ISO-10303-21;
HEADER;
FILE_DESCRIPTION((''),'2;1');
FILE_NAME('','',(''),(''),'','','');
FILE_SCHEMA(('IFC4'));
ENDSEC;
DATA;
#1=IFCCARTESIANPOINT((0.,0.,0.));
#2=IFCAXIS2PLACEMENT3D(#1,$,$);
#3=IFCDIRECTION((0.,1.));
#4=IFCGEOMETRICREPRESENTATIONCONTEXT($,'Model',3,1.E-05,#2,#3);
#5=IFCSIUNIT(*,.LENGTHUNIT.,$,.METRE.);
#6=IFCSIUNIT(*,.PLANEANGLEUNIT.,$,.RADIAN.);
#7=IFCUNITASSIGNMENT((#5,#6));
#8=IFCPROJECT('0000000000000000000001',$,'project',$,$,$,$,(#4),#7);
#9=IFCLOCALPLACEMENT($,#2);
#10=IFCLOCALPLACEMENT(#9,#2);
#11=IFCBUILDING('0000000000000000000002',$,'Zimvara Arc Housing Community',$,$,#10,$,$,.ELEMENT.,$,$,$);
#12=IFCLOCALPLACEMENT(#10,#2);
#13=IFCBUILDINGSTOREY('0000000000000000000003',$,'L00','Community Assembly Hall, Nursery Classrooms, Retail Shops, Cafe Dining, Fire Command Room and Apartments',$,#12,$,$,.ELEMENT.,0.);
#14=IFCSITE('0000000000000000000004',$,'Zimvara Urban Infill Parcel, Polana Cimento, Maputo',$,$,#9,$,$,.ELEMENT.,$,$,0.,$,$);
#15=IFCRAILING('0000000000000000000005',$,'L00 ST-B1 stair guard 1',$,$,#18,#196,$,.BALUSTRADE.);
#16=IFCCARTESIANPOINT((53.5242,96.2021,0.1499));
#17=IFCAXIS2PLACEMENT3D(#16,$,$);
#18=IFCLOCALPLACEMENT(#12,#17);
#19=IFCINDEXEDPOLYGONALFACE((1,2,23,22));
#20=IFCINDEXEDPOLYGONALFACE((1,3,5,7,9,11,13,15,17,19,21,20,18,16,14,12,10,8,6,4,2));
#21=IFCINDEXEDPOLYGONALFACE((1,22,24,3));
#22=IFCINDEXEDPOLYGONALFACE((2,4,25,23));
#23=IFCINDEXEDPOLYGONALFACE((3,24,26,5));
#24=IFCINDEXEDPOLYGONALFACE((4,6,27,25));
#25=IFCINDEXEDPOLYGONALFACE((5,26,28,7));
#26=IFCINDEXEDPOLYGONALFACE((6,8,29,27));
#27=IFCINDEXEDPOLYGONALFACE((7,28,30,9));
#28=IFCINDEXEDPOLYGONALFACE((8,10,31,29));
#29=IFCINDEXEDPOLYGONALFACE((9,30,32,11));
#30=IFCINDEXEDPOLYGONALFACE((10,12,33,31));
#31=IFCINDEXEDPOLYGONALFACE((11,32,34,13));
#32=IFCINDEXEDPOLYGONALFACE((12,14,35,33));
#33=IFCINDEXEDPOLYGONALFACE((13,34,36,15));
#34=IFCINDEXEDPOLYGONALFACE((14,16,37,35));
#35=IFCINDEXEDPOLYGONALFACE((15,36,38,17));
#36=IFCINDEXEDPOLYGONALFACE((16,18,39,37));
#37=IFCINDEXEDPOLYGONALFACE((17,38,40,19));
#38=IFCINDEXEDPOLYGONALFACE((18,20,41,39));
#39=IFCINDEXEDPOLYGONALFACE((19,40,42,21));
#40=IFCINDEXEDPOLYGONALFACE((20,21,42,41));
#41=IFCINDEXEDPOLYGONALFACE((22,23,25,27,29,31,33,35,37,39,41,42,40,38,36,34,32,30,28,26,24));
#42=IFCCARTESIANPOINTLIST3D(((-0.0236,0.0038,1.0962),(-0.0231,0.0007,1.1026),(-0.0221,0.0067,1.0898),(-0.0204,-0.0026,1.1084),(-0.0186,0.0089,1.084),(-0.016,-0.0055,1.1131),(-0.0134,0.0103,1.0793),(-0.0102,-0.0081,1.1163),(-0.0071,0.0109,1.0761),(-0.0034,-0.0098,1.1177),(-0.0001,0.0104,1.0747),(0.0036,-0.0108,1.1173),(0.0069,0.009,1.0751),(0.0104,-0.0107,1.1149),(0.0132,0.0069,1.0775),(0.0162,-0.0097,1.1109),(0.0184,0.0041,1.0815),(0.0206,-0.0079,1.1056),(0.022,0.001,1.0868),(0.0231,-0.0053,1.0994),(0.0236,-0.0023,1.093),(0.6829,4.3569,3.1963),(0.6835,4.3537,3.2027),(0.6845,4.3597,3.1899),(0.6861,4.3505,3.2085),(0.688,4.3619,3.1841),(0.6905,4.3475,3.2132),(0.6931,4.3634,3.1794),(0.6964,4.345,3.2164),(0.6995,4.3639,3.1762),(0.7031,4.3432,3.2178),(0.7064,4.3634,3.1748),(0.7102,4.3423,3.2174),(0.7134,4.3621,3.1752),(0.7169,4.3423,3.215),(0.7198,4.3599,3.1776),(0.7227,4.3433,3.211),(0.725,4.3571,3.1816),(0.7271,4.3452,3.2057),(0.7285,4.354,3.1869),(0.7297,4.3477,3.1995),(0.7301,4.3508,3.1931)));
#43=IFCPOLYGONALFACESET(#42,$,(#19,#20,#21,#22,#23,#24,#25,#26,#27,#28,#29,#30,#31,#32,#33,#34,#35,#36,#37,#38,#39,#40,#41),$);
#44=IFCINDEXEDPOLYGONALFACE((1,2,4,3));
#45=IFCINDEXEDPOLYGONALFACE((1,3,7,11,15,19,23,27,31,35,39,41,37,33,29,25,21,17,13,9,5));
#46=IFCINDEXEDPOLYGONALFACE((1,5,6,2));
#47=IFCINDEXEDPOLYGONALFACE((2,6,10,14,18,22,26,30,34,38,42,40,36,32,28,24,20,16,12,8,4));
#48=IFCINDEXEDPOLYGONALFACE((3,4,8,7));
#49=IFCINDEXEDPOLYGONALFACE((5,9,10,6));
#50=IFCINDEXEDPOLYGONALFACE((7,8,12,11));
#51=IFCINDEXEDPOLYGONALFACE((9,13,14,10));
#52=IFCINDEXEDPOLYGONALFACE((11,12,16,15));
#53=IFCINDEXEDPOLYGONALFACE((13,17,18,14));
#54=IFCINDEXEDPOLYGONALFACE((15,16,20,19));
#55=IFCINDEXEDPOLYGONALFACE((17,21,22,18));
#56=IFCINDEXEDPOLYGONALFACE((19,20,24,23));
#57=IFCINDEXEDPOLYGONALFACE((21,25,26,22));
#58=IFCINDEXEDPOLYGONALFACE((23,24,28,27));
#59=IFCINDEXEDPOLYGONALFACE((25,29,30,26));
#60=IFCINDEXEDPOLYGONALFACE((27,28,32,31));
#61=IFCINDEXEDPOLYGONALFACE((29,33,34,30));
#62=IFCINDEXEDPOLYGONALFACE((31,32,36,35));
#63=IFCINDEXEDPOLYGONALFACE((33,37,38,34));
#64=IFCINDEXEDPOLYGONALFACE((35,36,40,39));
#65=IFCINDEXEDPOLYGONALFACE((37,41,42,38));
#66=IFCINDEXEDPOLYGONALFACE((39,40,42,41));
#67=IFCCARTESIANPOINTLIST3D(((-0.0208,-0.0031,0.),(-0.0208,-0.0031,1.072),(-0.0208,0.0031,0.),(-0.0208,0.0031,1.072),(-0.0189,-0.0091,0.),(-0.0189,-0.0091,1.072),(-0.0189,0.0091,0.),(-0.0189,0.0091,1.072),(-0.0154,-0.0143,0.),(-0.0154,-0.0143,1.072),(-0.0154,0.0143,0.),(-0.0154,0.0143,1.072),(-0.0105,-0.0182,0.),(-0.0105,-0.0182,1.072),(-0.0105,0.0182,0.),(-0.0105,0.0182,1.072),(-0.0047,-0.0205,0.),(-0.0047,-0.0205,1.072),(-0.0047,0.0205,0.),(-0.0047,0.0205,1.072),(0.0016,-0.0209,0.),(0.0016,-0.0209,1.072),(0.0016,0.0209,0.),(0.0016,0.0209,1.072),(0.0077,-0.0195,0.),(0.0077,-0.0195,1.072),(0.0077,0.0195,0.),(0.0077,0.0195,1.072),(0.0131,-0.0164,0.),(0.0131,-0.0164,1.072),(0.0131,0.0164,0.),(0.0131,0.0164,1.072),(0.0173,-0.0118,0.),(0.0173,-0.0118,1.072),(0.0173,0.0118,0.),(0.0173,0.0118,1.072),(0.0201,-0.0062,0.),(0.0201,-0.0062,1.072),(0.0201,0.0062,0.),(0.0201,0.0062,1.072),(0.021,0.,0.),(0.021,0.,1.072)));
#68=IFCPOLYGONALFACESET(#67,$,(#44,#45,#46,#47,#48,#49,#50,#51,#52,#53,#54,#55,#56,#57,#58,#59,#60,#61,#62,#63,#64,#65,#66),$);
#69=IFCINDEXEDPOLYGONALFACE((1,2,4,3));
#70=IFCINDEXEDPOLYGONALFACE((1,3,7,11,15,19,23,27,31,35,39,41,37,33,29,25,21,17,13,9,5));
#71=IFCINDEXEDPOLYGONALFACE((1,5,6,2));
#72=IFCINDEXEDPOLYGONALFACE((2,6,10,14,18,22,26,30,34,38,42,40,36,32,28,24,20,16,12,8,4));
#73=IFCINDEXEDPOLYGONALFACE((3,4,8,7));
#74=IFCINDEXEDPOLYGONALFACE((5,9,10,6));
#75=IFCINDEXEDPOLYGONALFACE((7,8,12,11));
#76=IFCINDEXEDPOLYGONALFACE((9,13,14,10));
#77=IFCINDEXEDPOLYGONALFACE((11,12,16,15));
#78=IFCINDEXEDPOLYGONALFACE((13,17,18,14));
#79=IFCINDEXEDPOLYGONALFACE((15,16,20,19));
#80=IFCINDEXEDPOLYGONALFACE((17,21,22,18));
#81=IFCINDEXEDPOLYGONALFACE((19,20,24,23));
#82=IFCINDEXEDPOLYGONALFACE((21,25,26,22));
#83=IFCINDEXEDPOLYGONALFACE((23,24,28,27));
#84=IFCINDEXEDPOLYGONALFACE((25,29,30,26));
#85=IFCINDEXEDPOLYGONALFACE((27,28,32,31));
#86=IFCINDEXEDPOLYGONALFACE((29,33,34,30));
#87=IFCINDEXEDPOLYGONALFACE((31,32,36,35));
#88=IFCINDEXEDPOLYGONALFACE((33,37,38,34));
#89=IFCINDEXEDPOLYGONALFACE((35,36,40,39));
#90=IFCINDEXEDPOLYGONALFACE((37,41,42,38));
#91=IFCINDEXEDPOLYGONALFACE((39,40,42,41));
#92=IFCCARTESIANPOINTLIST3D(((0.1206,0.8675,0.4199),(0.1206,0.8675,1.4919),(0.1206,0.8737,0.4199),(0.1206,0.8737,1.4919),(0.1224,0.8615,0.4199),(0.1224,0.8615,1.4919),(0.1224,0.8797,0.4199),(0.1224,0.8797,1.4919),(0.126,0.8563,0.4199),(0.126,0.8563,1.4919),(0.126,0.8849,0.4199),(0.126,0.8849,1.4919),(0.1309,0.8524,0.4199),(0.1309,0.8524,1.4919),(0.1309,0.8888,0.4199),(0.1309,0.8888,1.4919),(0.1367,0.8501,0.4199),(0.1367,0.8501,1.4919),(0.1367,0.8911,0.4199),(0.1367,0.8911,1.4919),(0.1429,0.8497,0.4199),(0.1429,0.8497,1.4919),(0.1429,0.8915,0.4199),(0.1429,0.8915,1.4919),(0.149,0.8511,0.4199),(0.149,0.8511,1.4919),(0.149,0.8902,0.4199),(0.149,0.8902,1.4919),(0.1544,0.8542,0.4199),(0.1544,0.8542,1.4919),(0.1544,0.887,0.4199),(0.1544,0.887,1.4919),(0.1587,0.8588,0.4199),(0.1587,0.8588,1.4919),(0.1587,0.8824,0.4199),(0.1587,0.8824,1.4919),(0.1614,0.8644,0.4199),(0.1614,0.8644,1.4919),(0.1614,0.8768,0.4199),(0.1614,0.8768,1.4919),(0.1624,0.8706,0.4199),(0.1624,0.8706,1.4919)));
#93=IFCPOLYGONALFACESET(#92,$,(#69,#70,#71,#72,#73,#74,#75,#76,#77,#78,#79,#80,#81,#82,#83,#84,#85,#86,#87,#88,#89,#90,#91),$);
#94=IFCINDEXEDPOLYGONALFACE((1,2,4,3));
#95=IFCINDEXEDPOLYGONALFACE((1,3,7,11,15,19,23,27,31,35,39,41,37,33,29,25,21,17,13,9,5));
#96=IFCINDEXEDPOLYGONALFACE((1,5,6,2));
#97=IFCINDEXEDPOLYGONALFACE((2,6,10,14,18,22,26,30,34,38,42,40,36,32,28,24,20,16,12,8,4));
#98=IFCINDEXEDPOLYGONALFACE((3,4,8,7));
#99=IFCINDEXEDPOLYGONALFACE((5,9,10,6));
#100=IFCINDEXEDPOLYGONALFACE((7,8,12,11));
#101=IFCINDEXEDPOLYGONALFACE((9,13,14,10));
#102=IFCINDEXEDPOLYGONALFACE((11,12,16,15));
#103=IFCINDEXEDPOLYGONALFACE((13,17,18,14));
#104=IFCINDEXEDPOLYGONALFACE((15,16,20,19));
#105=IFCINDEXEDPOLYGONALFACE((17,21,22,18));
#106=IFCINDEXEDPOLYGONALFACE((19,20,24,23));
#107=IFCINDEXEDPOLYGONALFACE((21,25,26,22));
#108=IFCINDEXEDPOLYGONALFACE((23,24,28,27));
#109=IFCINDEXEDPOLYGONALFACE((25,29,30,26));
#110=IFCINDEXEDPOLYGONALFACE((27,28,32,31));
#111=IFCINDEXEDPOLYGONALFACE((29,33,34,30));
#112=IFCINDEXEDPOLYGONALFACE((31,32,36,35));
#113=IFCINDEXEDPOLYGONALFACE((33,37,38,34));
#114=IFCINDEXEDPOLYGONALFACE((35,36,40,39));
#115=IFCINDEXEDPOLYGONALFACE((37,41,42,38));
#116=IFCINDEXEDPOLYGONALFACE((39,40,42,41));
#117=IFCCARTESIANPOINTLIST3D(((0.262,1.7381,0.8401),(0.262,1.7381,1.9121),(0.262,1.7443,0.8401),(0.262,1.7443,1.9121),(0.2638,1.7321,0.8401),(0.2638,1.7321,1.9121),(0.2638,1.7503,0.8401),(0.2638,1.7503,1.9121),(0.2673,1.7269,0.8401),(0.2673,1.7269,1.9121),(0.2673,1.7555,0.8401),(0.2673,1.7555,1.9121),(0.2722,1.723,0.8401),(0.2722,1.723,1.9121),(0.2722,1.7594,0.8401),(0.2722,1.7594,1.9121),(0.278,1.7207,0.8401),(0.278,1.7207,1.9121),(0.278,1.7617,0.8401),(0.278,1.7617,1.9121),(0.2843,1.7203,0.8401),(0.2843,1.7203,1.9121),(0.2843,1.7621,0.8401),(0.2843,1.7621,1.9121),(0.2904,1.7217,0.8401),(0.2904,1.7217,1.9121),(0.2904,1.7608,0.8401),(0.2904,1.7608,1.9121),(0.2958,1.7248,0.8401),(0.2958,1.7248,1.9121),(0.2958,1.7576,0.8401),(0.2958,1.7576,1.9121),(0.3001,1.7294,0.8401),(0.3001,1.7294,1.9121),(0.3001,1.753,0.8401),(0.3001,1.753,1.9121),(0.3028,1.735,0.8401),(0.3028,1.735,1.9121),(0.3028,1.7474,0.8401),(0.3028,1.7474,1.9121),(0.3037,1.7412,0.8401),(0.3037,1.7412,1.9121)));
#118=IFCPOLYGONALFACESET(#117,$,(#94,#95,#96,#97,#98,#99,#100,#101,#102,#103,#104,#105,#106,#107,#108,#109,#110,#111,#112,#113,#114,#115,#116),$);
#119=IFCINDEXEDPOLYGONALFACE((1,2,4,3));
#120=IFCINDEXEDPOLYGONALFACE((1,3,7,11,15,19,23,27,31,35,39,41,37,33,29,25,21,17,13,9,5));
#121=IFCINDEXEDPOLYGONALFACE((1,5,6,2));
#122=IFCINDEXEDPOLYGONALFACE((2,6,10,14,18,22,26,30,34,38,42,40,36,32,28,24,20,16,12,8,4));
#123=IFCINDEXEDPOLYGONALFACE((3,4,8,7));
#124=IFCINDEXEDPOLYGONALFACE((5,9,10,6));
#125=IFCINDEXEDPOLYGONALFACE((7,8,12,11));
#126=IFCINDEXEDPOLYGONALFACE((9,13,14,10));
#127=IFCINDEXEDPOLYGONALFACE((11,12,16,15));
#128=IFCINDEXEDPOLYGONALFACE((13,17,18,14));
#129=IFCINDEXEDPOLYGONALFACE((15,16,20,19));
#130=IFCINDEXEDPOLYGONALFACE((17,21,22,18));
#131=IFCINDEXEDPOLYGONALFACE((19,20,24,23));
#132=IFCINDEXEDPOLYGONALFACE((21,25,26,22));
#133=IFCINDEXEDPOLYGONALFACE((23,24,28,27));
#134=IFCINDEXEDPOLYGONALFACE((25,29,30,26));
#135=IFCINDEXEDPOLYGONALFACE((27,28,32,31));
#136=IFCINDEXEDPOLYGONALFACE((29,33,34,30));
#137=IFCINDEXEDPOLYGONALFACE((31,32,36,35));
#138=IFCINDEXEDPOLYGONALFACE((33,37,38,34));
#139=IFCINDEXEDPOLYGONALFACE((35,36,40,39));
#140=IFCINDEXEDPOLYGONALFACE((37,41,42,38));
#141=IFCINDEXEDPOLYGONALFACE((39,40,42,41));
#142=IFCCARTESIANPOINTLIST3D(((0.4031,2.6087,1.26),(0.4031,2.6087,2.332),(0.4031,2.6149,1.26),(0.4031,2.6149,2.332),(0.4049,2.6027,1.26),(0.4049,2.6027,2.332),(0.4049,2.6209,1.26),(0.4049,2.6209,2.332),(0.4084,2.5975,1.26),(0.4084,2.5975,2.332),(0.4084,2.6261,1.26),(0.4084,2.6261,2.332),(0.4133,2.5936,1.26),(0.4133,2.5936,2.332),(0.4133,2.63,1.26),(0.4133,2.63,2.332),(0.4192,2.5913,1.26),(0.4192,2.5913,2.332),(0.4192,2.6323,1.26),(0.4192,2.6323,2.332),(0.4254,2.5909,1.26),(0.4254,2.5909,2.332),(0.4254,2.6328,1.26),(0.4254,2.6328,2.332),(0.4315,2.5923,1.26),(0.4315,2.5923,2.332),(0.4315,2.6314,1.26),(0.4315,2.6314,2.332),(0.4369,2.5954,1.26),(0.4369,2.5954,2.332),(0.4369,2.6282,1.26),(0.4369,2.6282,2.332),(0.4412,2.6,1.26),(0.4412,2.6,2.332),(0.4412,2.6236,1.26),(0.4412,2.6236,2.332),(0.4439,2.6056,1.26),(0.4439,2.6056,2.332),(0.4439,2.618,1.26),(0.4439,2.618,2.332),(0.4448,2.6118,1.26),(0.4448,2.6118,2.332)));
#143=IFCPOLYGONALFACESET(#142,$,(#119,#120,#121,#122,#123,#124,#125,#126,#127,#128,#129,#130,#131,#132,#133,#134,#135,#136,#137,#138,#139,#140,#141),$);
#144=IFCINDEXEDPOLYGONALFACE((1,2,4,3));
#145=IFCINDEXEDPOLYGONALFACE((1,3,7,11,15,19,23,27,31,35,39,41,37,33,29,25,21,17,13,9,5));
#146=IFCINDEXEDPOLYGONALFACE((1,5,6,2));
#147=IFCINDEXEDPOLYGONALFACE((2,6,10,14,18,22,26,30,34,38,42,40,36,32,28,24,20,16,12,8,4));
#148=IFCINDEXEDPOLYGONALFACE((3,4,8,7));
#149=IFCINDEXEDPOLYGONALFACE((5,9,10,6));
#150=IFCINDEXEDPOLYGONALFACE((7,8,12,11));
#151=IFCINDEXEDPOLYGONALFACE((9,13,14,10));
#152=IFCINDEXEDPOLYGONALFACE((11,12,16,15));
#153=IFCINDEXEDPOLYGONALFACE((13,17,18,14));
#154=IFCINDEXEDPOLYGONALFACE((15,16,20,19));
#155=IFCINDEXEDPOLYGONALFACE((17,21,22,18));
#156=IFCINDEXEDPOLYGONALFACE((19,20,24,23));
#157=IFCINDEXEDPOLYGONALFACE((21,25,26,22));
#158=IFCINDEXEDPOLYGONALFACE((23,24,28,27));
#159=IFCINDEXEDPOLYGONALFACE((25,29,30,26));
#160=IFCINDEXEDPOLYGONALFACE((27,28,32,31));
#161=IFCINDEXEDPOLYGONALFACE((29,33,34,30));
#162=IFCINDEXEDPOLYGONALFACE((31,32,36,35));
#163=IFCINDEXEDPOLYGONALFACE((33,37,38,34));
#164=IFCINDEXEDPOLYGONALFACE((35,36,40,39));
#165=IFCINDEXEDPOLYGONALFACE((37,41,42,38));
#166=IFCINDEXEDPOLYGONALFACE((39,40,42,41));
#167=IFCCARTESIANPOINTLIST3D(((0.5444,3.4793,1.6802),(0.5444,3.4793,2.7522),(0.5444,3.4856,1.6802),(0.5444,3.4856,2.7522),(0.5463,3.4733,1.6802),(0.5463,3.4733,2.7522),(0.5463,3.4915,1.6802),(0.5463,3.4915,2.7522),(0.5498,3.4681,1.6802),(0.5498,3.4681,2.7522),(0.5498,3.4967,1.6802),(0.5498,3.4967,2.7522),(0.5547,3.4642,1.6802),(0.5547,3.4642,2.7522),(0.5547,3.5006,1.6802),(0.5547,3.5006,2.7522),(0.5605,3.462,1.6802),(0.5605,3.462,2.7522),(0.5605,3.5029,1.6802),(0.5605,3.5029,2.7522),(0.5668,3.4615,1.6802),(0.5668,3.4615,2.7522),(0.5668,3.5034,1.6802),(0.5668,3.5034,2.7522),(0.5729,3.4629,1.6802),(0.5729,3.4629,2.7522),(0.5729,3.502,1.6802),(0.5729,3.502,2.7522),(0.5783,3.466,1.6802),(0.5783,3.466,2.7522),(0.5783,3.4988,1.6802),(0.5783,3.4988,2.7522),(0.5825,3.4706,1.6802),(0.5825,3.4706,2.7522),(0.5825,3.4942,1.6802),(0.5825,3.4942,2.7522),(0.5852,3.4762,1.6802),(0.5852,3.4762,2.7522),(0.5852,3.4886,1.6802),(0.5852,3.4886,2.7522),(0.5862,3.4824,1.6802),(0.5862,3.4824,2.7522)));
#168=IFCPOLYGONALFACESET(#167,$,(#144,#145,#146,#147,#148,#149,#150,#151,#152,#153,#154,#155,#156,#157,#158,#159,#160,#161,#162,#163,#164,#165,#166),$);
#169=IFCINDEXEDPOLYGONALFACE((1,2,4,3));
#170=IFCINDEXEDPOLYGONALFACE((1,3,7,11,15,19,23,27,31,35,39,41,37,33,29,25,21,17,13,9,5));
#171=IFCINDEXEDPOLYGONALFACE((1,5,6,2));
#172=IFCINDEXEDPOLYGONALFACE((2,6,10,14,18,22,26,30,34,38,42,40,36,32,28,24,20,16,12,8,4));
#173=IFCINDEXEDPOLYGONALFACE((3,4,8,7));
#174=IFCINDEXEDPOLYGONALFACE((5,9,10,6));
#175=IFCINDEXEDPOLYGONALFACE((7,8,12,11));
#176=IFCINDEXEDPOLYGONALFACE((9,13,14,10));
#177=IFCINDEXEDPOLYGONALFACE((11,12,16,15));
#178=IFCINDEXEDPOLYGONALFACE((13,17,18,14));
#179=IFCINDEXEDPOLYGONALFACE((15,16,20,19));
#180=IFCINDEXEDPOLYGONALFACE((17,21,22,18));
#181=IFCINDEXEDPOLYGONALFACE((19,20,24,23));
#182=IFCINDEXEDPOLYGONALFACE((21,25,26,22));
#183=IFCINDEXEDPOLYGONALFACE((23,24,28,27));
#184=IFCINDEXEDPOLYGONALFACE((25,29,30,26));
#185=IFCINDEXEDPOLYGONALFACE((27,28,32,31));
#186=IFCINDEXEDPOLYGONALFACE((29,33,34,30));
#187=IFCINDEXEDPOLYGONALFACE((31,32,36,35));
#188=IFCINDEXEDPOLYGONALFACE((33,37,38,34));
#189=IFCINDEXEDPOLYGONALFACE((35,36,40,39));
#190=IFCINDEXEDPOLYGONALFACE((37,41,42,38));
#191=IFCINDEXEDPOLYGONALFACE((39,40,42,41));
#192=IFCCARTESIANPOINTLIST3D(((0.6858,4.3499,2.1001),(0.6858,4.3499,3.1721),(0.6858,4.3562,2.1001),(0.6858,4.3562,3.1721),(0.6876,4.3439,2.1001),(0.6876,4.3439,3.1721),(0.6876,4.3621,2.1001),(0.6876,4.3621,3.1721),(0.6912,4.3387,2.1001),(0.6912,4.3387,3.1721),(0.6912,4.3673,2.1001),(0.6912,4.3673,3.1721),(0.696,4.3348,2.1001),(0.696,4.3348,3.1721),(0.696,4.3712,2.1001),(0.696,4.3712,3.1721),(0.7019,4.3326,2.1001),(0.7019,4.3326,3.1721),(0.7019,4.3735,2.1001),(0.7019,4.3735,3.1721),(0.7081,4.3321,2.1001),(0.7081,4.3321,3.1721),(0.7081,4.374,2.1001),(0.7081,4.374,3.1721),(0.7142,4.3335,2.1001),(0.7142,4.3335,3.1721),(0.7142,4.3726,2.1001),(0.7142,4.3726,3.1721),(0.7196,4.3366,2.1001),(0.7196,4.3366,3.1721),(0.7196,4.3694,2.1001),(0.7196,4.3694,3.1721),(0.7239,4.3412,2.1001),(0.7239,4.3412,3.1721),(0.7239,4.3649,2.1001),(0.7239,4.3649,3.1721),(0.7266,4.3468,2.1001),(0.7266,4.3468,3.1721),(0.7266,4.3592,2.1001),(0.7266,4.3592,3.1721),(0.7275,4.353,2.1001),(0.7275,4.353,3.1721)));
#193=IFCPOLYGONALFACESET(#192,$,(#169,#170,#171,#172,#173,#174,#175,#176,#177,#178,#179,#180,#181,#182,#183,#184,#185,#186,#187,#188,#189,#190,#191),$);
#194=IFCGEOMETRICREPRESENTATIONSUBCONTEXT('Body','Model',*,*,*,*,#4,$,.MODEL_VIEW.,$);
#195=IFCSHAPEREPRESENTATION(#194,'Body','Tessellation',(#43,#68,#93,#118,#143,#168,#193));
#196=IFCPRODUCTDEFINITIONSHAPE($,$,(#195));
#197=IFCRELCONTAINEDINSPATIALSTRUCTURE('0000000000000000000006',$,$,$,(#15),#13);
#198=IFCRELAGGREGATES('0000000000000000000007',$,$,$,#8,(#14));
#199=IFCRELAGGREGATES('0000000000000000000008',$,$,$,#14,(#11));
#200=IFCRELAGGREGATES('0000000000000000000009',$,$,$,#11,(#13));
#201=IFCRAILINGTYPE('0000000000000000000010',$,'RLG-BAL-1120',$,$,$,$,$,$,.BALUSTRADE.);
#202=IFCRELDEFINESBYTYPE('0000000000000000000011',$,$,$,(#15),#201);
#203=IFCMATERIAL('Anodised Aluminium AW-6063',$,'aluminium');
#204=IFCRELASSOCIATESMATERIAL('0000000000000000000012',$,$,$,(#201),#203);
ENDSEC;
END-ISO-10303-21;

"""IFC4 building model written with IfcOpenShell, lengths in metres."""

from ifc_helpers import new_model, si_unit, direction, frame, origin, origin_2d, place, context, subcontext, project, spatial, circle, extrude, material, type_object, element, save


model = new_model("IFC4")

# Units and contexts
model_context = context("Model", 3, precision=1e-05, world=origin(), true_north=direction((0.0, 1.0)))
body_context = subcontext(model_context, "Body", "Model", "MODEL_VIEW")
ifc_project = project(units=[si_unit("LENGTHUNIT", "METRE"), si_unit("PLANEANGLEUNIT", "RADIAN")], contexts=[model_context])

# Site, building, storey
site_placement = place(None, origin())
site = spatial("IfcSite", under=ifc_project, at=site_placement, Name="Zimvara Urban Infill Parcel, Polana Cimento, Maputo", CompositionType="ELEMENT", RefElevation=0.0)
building_placement = place(site_placement, origin())
building = spatial("IfcBuilding", under=site, at=building_placement, Name="Zimvara Arc Housing Community", CompositionType="ELEMENT")
storey_placement = place(building_placement, origin())
storey = spatial("IfcBuildingStorey", under=building, at=storey_placement, Name="L00", Description="Community Assembly Hall, Nursery Classrooms, Retail Shops, Cafe Dining, Fire Command Room and Apartments", CompositionType="ELEMENT", Elevation=0.0)

# Railing
ifc_material_1 = material(Name="Anodised Aluminium AW-6063", Category="aluminium")
railing_type_1 = type_object("IfcRailingType", Name="RLG-BAL-1120", PredefinedType="BALUSTRADE", material=ifc_material_1)
railing_1_placement = place(storey_placement, frame((53.5242, 96.2021, 0.1499)))
element("IfcRailing", 1, at=railing_1_placement, inside=storey, type_object=railing_type_1, Name="L00 ST-B1 stair guard 1", PredefinedType="BALUSTRADE", context=body_context, shape_type="SweptSolid", body=[
    extrude(circle(Radius=0.0239, at=origin_2d()), frame((0.0, 0.0, 1.0962), z_axis=(0.14465, 0.89119, 0.42995), x_axis=(-0.987082, 0.160214, 0.0)), (0.0, 0.0, 1.0), 4.8845),
    extrude(circle(Radius=0.021, at=origin_2d()), origin(), (0.0, 0.0, 1.0), 1.072),
    extrude(circle(Radius=0.021, at=origin_2d()), frame((0.1414, 0.8706, 0.4199)), (0.0, 0.0, 1.0), 1.072),
    extrude(circle(Radius=0.021, at=origin_2d()), frame((0.2827, 1.7412, 0.8401)), (0.0, 0.0, 1.0), 1.072),
    extrude(circle(Radius=0.021, at=origin_2d()), frame((0.4238, 2.6118, 1.26)), (0.0, 0.0, 1.0), 1.072),
    extrude(circle(Radius=0.021, at=origin_2d()), frame((0.5652, 3.4824, 1.6802)), (0.0, 0.0, 1.0), 1.072),
    extrude(circle(Radius=0.021, at=origin_2d()), frame((0.7065, 4.353, 2.1001)), (0.0, 0.0, 1.0), 1.072),
])

save(model, "model.ifc")
